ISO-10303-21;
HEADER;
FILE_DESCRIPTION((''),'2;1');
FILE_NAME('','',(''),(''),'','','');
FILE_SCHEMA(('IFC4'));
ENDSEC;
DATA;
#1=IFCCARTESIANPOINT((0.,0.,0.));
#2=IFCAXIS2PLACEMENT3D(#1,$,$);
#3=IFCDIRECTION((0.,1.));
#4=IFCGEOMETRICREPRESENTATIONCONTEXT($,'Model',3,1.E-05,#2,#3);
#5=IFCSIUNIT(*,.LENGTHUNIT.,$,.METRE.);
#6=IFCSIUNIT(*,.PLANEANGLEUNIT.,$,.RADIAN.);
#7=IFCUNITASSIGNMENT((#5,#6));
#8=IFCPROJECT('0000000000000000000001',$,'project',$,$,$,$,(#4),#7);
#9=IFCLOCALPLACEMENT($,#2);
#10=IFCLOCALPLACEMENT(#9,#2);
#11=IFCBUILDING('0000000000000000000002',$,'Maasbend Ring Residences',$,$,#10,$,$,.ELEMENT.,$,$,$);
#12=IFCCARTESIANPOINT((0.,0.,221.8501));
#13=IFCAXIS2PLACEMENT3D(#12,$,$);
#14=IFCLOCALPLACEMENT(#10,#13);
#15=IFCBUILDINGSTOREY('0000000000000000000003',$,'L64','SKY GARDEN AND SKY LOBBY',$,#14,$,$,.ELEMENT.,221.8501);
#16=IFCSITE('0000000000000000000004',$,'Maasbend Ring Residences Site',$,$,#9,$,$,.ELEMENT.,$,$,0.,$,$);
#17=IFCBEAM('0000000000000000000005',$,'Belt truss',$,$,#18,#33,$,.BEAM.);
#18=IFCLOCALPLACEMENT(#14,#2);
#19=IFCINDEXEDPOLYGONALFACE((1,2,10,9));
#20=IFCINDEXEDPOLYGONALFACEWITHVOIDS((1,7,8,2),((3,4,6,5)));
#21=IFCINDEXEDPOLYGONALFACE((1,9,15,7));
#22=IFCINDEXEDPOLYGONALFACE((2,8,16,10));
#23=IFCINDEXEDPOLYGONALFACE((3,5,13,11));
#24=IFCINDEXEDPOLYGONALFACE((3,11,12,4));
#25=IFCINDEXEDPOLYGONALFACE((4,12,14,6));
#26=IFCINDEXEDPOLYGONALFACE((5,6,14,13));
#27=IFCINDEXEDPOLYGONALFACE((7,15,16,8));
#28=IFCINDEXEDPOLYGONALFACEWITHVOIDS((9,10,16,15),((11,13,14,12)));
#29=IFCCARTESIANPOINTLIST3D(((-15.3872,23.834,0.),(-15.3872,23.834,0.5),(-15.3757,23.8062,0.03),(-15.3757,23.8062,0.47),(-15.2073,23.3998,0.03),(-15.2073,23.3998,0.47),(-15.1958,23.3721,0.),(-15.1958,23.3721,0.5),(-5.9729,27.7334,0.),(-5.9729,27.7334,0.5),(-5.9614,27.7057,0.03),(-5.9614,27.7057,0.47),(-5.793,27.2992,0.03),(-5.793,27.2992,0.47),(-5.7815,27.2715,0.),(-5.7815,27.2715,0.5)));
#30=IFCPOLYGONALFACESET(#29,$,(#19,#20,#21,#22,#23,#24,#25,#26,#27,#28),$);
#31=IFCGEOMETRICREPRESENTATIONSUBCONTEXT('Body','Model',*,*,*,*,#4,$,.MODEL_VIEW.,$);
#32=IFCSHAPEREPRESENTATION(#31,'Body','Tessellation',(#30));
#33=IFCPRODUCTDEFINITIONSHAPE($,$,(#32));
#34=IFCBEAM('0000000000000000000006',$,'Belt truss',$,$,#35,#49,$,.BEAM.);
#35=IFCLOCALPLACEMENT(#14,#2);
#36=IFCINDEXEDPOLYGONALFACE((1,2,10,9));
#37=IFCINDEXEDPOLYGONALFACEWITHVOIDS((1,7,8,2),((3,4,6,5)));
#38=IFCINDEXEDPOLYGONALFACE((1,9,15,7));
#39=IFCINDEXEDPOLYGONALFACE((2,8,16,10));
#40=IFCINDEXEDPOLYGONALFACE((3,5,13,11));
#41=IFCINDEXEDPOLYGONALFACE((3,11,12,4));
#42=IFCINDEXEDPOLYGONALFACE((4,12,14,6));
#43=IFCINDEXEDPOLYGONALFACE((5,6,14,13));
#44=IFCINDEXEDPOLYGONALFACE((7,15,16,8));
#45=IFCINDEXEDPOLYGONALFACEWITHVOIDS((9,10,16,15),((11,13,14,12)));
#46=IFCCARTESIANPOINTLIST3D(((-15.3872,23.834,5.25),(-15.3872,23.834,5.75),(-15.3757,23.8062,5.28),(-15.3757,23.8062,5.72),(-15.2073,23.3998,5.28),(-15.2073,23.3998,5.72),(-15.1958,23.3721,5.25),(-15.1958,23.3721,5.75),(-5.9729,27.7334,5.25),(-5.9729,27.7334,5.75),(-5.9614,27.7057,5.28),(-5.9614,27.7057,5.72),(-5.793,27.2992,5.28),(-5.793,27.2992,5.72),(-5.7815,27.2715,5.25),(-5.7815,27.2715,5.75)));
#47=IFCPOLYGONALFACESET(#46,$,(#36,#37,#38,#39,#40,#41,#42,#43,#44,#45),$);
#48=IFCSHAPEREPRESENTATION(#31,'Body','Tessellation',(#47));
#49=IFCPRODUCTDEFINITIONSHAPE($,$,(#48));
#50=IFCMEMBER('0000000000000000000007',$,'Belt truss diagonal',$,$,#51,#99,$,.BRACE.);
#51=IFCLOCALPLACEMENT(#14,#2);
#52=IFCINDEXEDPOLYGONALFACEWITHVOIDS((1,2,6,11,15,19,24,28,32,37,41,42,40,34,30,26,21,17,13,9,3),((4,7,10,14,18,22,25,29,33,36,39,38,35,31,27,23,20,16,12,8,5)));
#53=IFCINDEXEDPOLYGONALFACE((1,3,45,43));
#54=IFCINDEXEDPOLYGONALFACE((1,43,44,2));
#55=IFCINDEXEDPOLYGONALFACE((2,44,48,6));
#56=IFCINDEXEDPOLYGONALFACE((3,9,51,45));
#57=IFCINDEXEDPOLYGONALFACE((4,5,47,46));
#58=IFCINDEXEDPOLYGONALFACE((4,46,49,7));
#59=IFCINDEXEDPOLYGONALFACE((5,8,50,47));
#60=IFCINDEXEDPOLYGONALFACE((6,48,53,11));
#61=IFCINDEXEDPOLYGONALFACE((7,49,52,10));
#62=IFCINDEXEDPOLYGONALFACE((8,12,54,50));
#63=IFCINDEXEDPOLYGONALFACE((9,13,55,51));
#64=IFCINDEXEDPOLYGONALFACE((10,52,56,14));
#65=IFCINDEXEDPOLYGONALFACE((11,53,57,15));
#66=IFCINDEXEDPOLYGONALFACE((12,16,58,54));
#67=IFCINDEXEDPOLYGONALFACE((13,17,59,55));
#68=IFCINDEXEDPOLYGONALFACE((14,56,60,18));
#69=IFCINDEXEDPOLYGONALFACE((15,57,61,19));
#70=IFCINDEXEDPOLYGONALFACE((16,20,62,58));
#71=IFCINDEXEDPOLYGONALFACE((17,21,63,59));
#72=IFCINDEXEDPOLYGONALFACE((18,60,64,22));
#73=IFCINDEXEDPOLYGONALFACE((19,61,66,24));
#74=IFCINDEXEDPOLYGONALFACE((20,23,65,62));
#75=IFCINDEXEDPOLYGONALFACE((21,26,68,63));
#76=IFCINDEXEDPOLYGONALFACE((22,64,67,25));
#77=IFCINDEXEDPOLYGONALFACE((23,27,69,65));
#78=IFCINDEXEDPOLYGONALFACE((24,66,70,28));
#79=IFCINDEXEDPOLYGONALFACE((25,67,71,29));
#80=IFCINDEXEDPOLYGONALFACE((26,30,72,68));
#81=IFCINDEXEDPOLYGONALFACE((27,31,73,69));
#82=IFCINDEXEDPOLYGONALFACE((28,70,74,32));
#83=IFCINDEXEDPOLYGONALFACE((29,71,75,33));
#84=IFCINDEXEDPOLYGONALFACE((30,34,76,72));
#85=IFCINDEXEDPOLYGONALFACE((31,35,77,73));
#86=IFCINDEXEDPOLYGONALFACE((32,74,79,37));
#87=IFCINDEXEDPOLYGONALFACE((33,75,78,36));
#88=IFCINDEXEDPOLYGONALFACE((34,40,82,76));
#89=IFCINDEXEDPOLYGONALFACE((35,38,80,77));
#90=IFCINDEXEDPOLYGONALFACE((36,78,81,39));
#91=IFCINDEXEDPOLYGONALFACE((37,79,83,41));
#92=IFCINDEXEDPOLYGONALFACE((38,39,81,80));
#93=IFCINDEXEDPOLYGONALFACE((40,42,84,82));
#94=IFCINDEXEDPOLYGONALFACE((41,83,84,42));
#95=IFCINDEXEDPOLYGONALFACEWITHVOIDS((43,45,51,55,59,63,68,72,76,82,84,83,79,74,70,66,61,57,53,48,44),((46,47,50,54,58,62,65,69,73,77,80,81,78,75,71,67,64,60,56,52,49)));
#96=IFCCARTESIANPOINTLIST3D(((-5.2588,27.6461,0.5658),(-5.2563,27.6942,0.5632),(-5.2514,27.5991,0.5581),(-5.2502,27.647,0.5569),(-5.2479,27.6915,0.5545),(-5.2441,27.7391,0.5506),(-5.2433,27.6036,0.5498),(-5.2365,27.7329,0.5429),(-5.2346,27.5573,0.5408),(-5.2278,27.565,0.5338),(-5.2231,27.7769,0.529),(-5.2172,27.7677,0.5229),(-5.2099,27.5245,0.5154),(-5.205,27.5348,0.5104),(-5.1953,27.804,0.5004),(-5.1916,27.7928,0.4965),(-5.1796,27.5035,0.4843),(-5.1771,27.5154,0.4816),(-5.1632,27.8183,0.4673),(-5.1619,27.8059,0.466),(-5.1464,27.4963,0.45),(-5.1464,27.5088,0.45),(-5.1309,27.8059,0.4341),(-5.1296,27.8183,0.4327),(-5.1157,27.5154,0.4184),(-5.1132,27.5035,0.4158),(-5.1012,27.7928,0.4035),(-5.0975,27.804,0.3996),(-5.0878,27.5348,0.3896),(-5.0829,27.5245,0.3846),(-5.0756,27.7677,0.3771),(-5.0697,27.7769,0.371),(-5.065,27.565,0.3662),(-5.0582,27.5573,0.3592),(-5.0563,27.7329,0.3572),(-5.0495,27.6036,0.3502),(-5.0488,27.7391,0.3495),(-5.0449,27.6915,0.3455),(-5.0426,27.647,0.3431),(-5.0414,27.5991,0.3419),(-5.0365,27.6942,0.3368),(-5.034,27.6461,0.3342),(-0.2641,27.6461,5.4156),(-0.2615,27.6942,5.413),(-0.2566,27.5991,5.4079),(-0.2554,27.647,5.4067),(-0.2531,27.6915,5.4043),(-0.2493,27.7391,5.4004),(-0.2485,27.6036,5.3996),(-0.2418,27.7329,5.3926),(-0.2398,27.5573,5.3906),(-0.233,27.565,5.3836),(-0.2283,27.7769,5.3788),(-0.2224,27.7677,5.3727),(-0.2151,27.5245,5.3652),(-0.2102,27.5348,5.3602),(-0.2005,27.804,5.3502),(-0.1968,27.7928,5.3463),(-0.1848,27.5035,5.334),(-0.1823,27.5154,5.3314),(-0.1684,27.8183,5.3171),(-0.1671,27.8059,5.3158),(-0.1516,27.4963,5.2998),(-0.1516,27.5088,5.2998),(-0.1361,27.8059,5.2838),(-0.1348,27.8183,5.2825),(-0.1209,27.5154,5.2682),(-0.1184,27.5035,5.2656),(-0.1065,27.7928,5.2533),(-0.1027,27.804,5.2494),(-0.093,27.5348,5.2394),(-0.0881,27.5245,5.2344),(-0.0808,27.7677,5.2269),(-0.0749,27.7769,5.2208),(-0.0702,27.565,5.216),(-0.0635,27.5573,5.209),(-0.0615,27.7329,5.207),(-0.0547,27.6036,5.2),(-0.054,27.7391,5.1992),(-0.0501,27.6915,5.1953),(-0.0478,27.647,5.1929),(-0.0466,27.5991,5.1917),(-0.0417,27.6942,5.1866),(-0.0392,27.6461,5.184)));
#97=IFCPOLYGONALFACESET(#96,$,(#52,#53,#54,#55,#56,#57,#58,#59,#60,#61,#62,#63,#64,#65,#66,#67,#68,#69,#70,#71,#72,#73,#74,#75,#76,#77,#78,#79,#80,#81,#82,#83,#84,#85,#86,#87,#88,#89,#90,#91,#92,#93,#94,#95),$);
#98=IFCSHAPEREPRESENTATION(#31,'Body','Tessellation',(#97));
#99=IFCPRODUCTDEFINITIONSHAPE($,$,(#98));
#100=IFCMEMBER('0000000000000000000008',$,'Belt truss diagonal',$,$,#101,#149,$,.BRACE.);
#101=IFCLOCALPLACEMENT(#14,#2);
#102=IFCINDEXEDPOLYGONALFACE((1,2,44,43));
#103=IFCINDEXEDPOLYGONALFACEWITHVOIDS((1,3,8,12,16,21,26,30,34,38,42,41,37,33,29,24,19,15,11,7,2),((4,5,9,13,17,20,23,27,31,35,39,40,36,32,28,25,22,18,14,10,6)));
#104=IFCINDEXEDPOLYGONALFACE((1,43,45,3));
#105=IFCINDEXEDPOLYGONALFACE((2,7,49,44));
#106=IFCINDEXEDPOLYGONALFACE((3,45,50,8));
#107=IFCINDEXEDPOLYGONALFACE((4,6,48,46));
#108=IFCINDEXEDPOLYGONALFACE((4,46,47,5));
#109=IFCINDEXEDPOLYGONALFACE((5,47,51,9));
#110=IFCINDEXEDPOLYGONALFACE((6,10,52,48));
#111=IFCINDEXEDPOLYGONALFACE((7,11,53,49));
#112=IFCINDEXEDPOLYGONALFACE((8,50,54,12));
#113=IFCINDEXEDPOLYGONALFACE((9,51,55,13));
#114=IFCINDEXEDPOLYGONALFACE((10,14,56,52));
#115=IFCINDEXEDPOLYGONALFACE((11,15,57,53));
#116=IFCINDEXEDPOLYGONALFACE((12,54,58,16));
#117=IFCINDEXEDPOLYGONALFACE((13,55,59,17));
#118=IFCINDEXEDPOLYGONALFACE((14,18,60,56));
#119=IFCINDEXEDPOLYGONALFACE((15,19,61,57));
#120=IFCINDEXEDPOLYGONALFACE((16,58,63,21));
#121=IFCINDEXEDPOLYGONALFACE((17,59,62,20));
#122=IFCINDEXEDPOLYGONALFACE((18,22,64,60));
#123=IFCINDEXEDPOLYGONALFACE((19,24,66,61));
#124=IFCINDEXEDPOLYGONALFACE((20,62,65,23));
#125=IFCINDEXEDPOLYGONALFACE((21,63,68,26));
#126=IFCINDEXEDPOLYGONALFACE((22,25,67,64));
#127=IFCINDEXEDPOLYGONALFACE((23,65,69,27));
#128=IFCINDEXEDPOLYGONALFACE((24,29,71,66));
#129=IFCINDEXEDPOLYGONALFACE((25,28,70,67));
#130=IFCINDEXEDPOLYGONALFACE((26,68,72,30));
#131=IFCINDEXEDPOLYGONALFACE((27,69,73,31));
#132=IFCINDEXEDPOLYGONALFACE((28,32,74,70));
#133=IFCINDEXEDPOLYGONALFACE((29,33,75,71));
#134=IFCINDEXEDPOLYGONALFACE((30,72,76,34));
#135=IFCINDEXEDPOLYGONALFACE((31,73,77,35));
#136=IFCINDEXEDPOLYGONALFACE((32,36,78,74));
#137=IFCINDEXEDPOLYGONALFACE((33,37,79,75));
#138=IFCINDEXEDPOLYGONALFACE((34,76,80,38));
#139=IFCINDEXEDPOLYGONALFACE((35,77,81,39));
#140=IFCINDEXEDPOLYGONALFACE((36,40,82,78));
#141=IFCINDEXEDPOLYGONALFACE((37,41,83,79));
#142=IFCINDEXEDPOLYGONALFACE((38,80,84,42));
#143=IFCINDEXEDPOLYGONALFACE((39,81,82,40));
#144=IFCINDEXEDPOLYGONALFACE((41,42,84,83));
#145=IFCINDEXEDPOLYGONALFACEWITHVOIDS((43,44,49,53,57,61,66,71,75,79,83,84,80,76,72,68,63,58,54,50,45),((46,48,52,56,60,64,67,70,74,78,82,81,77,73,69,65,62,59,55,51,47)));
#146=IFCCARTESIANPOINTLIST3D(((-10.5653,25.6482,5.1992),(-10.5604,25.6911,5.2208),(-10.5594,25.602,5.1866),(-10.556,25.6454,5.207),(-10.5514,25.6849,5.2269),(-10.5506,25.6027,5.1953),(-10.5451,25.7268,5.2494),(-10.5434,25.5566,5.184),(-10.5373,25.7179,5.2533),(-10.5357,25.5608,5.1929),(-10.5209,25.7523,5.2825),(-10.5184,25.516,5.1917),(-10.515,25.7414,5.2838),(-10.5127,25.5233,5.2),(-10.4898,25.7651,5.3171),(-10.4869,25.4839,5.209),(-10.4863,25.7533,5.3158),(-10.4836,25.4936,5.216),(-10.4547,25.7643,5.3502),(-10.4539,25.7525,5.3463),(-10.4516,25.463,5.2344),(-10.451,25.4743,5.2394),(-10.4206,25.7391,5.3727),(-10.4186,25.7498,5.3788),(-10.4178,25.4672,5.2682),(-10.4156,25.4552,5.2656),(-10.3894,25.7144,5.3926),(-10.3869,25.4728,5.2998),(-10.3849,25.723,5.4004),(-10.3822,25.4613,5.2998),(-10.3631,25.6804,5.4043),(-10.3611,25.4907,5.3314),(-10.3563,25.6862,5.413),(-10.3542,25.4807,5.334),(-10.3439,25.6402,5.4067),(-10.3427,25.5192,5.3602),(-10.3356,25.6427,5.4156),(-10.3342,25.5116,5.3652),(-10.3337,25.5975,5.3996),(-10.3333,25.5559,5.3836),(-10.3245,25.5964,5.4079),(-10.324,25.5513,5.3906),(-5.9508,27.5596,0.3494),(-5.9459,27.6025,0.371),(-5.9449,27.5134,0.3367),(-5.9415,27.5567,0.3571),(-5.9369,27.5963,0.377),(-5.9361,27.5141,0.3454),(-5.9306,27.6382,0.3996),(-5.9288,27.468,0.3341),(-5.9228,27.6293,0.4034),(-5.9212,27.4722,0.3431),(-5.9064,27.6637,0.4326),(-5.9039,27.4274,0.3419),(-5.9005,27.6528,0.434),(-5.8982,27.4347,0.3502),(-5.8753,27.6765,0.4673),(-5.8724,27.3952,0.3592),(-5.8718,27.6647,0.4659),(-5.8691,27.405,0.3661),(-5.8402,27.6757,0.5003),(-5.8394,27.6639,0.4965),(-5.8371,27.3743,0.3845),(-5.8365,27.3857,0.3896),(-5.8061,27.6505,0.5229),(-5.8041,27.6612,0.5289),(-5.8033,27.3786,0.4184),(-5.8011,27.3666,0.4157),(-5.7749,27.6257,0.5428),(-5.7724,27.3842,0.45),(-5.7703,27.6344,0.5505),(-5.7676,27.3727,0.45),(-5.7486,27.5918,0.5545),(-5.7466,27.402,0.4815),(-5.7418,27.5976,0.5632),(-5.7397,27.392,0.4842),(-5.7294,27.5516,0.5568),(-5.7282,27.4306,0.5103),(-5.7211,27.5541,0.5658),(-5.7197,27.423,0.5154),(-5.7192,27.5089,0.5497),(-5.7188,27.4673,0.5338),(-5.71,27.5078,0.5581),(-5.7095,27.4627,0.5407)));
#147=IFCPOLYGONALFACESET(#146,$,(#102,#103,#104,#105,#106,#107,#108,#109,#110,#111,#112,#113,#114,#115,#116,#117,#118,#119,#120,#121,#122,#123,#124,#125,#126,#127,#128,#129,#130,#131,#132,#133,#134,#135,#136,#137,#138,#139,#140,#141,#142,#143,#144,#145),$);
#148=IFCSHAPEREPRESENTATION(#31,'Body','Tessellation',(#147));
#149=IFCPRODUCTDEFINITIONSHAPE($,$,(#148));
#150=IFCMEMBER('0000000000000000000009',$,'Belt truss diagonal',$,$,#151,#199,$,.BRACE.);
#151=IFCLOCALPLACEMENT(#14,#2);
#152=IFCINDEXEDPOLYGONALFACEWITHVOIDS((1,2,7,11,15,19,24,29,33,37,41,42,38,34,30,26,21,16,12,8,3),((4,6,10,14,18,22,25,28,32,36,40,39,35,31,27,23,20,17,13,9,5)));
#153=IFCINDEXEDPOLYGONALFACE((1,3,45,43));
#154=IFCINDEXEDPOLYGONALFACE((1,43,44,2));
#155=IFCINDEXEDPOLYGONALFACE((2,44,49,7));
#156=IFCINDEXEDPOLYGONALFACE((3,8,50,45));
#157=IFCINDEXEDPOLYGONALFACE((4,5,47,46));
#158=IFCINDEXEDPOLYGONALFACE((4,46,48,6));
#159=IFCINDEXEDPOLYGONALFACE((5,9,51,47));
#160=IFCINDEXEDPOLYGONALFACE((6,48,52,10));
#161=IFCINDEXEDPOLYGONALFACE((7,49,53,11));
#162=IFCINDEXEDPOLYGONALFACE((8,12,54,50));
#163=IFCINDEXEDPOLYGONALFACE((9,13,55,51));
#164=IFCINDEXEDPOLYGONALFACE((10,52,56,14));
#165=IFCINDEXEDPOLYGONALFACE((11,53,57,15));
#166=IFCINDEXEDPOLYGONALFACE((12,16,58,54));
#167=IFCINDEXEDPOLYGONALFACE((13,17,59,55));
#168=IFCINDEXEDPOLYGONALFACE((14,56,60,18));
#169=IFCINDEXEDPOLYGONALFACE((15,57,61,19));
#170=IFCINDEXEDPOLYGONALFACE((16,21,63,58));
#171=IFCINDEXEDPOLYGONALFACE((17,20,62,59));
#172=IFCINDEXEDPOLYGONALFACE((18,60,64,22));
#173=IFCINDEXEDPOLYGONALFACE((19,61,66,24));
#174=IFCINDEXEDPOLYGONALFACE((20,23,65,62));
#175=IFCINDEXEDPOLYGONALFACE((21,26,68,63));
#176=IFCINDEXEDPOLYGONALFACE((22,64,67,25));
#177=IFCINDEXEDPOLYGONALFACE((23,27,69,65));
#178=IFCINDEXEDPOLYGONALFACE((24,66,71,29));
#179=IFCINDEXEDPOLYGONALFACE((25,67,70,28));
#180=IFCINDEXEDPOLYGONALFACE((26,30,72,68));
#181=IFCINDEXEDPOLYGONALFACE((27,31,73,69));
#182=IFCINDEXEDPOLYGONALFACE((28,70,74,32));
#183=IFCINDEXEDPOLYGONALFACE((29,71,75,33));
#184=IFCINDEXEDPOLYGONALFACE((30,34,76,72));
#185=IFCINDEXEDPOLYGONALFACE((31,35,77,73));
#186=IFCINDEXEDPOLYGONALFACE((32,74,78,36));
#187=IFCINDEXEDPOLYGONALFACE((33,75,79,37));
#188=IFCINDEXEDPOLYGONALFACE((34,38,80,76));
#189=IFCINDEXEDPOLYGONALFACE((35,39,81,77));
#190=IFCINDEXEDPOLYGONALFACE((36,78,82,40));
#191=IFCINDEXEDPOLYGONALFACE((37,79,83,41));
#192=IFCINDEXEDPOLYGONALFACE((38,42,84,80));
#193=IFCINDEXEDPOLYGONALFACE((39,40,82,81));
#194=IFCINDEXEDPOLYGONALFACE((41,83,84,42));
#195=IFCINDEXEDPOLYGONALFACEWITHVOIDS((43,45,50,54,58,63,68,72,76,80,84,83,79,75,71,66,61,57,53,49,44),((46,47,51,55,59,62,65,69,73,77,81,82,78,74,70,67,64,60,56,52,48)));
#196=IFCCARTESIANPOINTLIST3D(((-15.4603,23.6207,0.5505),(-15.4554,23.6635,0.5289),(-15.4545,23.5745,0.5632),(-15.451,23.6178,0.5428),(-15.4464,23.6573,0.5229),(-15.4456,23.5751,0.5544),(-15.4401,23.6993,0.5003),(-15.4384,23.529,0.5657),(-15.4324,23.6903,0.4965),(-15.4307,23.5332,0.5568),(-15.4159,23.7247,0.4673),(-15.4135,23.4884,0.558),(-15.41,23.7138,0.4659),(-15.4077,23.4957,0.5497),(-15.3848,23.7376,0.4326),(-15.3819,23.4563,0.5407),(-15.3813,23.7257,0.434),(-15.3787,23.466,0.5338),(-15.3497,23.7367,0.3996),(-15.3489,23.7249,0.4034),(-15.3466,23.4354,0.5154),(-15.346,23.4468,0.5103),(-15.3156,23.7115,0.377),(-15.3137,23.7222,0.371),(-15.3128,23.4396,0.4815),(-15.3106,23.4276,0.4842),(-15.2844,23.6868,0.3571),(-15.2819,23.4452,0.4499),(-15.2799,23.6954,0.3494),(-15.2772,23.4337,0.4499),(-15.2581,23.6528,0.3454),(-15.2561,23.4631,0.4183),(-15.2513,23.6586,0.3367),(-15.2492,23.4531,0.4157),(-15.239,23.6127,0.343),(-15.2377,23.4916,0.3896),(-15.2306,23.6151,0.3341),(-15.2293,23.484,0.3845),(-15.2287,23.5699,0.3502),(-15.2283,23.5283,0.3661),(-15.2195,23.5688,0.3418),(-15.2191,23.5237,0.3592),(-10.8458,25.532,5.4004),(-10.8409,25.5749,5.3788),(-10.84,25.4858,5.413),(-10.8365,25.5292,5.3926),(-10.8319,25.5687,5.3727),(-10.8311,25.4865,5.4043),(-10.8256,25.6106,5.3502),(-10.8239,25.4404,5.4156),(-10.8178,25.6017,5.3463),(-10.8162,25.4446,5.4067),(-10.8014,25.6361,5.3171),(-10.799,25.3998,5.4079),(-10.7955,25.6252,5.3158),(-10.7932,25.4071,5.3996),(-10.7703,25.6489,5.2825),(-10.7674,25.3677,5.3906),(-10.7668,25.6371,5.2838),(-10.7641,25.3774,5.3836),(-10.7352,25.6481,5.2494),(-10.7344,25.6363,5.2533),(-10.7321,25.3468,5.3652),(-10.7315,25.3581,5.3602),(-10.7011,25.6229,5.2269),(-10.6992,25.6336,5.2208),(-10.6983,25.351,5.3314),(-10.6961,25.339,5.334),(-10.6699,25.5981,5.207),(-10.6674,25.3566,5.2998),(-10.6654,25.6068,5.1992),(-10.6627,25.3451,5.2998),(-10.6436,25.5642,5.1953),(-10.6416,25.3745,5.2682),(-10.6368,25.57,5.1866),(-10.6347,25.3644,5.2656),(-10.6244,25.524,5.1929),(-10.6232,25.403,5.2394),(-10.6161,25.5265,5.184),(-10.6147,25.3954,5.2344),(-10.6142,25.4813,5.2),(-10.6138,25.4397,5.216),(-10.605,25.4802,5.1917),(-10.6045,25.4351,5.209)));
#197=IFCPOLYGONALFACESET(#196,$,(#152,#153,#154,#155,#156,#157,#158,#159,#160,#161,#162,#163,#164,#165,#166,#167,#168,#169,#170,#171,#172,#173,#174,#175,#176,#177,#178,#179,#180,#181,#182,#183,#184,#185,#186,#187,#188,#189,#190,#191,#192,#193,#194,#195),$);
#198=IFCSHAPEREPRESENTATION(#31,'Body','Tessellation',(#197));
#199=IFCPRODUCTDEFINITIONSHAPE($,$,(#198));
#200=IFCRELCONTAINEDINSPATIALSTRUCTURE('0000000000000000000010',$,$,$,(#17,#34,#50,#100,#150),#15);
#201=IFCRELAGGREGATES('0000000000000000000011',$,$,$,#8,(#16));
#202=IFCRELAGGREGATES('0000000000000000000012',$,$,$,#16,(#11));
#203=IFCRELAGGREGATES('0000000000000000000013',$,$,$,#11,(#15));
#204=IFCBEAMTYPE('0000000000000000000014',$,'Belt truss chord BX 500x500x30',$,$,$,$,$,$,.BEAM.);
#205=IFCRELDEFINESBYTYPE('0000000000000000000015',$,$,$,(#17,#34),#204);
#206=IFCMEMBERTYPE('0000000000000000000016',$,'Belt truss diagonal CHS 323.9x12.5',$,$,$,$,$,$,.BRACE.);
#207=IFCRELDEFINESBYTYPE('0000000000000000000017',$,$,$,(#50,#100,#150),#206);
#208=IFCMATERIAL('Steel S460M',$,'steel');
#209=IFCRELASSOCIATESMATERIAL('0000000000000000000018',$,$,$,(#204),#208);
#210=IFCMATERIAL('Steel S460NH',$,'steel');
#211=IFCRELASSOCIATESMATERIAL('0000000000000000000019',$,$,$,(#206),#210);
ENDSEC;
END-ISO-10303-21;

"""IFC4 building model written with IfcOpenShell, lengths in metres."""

from ifc_helpers import new_model, si_unit, direction, frame, origin, origin_2d, place, context, subcontext, project, spatial, hollow_rectangle, hollow_circle, extrude, material, material_profile, profile_set, type_object, element, save


model = new_model("IFC4")

# Units and contexts
model_context = context("Model", 3, precision=1e-05, world=origin(), true_north=direction((0.0, 1.0)))
body_context = subcontext(model_context, "Body", "Model", "MODEL_VIEW")
ifc_project = project(units=[si_unit("LENGTHUNIT", "METRE"), si_unit("PLANEANGLEUNIT", "RADIAN")], contexts=[model_context])

# Site, building, storey
site_placement = place(None, origin())
site = spatial("IfcSite", under=ifc_project, at=site_placement, Name="Maasbend Ring Residences Site", CompositionType="ELEMENT", RefElevation=0.0)
building_placement = place(site_placement, origin())
building = spatial("IfcBuilding", under=site, at=building_placement, Name="Maasbend Ring Residences", CompositionType="ELEMENT")
storey_placement = place(building_placement, frame((0.0, 0.0, 221.8501)))
storey = spatial("IfcBuildingStorey", under=building, at=storey_placement, Name="L64", Description="SKY GARDEN AND SKY LOBBY", CompositionType="ELEMENT", Elevation=221.8501)

# Beams
ifc_material_1 = material(Name="Steel S460M", Category="steel")
ifc_material_profile_1 = material_profile(ifc_material_1, hollow_rectangle(XDim=0.5, YDim=0.5, WallThickness=0.03, at=origin_2d()), Name="Belt truss chord BX 500x500x30")
ifc_profile_set_1 = profile_set([ifc_material_profile_1], Name="Steel S460M")
beam_type_1 = type_object("IfcBeamType", Name="Belt truss chord BX 500x500x30", PredefinedType="BEAM", material=ifc_profile_set_1)
for number, where, z_axis, x_axis, name in (
    (1, (-5.8772, 27.5024, 0.25), (-0.923884, -0.382673, 0.0), (0.382673, -0.923884, 0.0), "Belt truss"),
    (2, (-5.8772, 27.5024, 5.5), (-0.923884, -0.382673, 0.0), (0.382673, -0.923884, 0.0), "Belt truss"),
):
    element("IfcBeam", number, at=place(storey_placement, frame(where, z_axis=z_axis, x_axis=x_axis)), inside=storey, type_object=beam_type_1, Name=name, PredefinedType="BEAM", context=body_context, shape_type="SweptSolid", body=[
        extrude(hollow_rectangle(XDim=0.5, YDim=0.5, WallThickness=0.03, at=origin_2d()), origin(), (0.0, 0.0, 1.0), 10.1899),
    ])

# Members
ifc_material_2 = material(Name="Steel S460NH", Category="steel")
ifc_material_profile_2 = material_profile(ifc_material_2, hollow_circle(Radius=0.1619, WallThickness=0.0125, at=origin_2d()), Name="Belt truss diagonal CHS 323.9x12.5")
ifc_profile_set_2 = profile_set([ifc_material_profile_2], Name="Steel S460NH")
member_type_1 = type_object("IfcMemberType", Name="Belt truss diagonal CHS 323.9x12.5", PredefinedType="BRACE", material=ifc_profile_set_2)
for number, where, z_axis, x_axis, name in (
    (3, (-0.1516, 27.6582, 5.2998), (-0.717445, 0.0, -0.696615), (0.0, -1.0, 0.0), "Belt truss diagonal"),
    (4, (-5.8296, 27.5222, 0.45), (-0.662822, -0.274548, 0.696628), (0.382681, -0.92388, 0.0), "Belt truss diagonal"),
    (5, (-10.7246, 25.4946, 5.2998), (-0.662822, -0.274548, -0.696628), (0.382681, -0.92388, 0.0), "Belt truss diagonal"),
):
    element("IfcMember", number, at=place(storey_placement, frame(where, z_axis=z_axis, x_axis=x_axis)), inside=storey, type_object=member_type_1, Name=name, PredefinedType="BRACE", context=body_context, shape_type="SweptSolid", body=[
        extrude(hollow_circle(Radius=0.1619, WallThickness=0.0125, at=origin_2d()), origin(), (0.0, 0.0, 1.0), 6.9619),
    ])

save(model, "model.ifc")
